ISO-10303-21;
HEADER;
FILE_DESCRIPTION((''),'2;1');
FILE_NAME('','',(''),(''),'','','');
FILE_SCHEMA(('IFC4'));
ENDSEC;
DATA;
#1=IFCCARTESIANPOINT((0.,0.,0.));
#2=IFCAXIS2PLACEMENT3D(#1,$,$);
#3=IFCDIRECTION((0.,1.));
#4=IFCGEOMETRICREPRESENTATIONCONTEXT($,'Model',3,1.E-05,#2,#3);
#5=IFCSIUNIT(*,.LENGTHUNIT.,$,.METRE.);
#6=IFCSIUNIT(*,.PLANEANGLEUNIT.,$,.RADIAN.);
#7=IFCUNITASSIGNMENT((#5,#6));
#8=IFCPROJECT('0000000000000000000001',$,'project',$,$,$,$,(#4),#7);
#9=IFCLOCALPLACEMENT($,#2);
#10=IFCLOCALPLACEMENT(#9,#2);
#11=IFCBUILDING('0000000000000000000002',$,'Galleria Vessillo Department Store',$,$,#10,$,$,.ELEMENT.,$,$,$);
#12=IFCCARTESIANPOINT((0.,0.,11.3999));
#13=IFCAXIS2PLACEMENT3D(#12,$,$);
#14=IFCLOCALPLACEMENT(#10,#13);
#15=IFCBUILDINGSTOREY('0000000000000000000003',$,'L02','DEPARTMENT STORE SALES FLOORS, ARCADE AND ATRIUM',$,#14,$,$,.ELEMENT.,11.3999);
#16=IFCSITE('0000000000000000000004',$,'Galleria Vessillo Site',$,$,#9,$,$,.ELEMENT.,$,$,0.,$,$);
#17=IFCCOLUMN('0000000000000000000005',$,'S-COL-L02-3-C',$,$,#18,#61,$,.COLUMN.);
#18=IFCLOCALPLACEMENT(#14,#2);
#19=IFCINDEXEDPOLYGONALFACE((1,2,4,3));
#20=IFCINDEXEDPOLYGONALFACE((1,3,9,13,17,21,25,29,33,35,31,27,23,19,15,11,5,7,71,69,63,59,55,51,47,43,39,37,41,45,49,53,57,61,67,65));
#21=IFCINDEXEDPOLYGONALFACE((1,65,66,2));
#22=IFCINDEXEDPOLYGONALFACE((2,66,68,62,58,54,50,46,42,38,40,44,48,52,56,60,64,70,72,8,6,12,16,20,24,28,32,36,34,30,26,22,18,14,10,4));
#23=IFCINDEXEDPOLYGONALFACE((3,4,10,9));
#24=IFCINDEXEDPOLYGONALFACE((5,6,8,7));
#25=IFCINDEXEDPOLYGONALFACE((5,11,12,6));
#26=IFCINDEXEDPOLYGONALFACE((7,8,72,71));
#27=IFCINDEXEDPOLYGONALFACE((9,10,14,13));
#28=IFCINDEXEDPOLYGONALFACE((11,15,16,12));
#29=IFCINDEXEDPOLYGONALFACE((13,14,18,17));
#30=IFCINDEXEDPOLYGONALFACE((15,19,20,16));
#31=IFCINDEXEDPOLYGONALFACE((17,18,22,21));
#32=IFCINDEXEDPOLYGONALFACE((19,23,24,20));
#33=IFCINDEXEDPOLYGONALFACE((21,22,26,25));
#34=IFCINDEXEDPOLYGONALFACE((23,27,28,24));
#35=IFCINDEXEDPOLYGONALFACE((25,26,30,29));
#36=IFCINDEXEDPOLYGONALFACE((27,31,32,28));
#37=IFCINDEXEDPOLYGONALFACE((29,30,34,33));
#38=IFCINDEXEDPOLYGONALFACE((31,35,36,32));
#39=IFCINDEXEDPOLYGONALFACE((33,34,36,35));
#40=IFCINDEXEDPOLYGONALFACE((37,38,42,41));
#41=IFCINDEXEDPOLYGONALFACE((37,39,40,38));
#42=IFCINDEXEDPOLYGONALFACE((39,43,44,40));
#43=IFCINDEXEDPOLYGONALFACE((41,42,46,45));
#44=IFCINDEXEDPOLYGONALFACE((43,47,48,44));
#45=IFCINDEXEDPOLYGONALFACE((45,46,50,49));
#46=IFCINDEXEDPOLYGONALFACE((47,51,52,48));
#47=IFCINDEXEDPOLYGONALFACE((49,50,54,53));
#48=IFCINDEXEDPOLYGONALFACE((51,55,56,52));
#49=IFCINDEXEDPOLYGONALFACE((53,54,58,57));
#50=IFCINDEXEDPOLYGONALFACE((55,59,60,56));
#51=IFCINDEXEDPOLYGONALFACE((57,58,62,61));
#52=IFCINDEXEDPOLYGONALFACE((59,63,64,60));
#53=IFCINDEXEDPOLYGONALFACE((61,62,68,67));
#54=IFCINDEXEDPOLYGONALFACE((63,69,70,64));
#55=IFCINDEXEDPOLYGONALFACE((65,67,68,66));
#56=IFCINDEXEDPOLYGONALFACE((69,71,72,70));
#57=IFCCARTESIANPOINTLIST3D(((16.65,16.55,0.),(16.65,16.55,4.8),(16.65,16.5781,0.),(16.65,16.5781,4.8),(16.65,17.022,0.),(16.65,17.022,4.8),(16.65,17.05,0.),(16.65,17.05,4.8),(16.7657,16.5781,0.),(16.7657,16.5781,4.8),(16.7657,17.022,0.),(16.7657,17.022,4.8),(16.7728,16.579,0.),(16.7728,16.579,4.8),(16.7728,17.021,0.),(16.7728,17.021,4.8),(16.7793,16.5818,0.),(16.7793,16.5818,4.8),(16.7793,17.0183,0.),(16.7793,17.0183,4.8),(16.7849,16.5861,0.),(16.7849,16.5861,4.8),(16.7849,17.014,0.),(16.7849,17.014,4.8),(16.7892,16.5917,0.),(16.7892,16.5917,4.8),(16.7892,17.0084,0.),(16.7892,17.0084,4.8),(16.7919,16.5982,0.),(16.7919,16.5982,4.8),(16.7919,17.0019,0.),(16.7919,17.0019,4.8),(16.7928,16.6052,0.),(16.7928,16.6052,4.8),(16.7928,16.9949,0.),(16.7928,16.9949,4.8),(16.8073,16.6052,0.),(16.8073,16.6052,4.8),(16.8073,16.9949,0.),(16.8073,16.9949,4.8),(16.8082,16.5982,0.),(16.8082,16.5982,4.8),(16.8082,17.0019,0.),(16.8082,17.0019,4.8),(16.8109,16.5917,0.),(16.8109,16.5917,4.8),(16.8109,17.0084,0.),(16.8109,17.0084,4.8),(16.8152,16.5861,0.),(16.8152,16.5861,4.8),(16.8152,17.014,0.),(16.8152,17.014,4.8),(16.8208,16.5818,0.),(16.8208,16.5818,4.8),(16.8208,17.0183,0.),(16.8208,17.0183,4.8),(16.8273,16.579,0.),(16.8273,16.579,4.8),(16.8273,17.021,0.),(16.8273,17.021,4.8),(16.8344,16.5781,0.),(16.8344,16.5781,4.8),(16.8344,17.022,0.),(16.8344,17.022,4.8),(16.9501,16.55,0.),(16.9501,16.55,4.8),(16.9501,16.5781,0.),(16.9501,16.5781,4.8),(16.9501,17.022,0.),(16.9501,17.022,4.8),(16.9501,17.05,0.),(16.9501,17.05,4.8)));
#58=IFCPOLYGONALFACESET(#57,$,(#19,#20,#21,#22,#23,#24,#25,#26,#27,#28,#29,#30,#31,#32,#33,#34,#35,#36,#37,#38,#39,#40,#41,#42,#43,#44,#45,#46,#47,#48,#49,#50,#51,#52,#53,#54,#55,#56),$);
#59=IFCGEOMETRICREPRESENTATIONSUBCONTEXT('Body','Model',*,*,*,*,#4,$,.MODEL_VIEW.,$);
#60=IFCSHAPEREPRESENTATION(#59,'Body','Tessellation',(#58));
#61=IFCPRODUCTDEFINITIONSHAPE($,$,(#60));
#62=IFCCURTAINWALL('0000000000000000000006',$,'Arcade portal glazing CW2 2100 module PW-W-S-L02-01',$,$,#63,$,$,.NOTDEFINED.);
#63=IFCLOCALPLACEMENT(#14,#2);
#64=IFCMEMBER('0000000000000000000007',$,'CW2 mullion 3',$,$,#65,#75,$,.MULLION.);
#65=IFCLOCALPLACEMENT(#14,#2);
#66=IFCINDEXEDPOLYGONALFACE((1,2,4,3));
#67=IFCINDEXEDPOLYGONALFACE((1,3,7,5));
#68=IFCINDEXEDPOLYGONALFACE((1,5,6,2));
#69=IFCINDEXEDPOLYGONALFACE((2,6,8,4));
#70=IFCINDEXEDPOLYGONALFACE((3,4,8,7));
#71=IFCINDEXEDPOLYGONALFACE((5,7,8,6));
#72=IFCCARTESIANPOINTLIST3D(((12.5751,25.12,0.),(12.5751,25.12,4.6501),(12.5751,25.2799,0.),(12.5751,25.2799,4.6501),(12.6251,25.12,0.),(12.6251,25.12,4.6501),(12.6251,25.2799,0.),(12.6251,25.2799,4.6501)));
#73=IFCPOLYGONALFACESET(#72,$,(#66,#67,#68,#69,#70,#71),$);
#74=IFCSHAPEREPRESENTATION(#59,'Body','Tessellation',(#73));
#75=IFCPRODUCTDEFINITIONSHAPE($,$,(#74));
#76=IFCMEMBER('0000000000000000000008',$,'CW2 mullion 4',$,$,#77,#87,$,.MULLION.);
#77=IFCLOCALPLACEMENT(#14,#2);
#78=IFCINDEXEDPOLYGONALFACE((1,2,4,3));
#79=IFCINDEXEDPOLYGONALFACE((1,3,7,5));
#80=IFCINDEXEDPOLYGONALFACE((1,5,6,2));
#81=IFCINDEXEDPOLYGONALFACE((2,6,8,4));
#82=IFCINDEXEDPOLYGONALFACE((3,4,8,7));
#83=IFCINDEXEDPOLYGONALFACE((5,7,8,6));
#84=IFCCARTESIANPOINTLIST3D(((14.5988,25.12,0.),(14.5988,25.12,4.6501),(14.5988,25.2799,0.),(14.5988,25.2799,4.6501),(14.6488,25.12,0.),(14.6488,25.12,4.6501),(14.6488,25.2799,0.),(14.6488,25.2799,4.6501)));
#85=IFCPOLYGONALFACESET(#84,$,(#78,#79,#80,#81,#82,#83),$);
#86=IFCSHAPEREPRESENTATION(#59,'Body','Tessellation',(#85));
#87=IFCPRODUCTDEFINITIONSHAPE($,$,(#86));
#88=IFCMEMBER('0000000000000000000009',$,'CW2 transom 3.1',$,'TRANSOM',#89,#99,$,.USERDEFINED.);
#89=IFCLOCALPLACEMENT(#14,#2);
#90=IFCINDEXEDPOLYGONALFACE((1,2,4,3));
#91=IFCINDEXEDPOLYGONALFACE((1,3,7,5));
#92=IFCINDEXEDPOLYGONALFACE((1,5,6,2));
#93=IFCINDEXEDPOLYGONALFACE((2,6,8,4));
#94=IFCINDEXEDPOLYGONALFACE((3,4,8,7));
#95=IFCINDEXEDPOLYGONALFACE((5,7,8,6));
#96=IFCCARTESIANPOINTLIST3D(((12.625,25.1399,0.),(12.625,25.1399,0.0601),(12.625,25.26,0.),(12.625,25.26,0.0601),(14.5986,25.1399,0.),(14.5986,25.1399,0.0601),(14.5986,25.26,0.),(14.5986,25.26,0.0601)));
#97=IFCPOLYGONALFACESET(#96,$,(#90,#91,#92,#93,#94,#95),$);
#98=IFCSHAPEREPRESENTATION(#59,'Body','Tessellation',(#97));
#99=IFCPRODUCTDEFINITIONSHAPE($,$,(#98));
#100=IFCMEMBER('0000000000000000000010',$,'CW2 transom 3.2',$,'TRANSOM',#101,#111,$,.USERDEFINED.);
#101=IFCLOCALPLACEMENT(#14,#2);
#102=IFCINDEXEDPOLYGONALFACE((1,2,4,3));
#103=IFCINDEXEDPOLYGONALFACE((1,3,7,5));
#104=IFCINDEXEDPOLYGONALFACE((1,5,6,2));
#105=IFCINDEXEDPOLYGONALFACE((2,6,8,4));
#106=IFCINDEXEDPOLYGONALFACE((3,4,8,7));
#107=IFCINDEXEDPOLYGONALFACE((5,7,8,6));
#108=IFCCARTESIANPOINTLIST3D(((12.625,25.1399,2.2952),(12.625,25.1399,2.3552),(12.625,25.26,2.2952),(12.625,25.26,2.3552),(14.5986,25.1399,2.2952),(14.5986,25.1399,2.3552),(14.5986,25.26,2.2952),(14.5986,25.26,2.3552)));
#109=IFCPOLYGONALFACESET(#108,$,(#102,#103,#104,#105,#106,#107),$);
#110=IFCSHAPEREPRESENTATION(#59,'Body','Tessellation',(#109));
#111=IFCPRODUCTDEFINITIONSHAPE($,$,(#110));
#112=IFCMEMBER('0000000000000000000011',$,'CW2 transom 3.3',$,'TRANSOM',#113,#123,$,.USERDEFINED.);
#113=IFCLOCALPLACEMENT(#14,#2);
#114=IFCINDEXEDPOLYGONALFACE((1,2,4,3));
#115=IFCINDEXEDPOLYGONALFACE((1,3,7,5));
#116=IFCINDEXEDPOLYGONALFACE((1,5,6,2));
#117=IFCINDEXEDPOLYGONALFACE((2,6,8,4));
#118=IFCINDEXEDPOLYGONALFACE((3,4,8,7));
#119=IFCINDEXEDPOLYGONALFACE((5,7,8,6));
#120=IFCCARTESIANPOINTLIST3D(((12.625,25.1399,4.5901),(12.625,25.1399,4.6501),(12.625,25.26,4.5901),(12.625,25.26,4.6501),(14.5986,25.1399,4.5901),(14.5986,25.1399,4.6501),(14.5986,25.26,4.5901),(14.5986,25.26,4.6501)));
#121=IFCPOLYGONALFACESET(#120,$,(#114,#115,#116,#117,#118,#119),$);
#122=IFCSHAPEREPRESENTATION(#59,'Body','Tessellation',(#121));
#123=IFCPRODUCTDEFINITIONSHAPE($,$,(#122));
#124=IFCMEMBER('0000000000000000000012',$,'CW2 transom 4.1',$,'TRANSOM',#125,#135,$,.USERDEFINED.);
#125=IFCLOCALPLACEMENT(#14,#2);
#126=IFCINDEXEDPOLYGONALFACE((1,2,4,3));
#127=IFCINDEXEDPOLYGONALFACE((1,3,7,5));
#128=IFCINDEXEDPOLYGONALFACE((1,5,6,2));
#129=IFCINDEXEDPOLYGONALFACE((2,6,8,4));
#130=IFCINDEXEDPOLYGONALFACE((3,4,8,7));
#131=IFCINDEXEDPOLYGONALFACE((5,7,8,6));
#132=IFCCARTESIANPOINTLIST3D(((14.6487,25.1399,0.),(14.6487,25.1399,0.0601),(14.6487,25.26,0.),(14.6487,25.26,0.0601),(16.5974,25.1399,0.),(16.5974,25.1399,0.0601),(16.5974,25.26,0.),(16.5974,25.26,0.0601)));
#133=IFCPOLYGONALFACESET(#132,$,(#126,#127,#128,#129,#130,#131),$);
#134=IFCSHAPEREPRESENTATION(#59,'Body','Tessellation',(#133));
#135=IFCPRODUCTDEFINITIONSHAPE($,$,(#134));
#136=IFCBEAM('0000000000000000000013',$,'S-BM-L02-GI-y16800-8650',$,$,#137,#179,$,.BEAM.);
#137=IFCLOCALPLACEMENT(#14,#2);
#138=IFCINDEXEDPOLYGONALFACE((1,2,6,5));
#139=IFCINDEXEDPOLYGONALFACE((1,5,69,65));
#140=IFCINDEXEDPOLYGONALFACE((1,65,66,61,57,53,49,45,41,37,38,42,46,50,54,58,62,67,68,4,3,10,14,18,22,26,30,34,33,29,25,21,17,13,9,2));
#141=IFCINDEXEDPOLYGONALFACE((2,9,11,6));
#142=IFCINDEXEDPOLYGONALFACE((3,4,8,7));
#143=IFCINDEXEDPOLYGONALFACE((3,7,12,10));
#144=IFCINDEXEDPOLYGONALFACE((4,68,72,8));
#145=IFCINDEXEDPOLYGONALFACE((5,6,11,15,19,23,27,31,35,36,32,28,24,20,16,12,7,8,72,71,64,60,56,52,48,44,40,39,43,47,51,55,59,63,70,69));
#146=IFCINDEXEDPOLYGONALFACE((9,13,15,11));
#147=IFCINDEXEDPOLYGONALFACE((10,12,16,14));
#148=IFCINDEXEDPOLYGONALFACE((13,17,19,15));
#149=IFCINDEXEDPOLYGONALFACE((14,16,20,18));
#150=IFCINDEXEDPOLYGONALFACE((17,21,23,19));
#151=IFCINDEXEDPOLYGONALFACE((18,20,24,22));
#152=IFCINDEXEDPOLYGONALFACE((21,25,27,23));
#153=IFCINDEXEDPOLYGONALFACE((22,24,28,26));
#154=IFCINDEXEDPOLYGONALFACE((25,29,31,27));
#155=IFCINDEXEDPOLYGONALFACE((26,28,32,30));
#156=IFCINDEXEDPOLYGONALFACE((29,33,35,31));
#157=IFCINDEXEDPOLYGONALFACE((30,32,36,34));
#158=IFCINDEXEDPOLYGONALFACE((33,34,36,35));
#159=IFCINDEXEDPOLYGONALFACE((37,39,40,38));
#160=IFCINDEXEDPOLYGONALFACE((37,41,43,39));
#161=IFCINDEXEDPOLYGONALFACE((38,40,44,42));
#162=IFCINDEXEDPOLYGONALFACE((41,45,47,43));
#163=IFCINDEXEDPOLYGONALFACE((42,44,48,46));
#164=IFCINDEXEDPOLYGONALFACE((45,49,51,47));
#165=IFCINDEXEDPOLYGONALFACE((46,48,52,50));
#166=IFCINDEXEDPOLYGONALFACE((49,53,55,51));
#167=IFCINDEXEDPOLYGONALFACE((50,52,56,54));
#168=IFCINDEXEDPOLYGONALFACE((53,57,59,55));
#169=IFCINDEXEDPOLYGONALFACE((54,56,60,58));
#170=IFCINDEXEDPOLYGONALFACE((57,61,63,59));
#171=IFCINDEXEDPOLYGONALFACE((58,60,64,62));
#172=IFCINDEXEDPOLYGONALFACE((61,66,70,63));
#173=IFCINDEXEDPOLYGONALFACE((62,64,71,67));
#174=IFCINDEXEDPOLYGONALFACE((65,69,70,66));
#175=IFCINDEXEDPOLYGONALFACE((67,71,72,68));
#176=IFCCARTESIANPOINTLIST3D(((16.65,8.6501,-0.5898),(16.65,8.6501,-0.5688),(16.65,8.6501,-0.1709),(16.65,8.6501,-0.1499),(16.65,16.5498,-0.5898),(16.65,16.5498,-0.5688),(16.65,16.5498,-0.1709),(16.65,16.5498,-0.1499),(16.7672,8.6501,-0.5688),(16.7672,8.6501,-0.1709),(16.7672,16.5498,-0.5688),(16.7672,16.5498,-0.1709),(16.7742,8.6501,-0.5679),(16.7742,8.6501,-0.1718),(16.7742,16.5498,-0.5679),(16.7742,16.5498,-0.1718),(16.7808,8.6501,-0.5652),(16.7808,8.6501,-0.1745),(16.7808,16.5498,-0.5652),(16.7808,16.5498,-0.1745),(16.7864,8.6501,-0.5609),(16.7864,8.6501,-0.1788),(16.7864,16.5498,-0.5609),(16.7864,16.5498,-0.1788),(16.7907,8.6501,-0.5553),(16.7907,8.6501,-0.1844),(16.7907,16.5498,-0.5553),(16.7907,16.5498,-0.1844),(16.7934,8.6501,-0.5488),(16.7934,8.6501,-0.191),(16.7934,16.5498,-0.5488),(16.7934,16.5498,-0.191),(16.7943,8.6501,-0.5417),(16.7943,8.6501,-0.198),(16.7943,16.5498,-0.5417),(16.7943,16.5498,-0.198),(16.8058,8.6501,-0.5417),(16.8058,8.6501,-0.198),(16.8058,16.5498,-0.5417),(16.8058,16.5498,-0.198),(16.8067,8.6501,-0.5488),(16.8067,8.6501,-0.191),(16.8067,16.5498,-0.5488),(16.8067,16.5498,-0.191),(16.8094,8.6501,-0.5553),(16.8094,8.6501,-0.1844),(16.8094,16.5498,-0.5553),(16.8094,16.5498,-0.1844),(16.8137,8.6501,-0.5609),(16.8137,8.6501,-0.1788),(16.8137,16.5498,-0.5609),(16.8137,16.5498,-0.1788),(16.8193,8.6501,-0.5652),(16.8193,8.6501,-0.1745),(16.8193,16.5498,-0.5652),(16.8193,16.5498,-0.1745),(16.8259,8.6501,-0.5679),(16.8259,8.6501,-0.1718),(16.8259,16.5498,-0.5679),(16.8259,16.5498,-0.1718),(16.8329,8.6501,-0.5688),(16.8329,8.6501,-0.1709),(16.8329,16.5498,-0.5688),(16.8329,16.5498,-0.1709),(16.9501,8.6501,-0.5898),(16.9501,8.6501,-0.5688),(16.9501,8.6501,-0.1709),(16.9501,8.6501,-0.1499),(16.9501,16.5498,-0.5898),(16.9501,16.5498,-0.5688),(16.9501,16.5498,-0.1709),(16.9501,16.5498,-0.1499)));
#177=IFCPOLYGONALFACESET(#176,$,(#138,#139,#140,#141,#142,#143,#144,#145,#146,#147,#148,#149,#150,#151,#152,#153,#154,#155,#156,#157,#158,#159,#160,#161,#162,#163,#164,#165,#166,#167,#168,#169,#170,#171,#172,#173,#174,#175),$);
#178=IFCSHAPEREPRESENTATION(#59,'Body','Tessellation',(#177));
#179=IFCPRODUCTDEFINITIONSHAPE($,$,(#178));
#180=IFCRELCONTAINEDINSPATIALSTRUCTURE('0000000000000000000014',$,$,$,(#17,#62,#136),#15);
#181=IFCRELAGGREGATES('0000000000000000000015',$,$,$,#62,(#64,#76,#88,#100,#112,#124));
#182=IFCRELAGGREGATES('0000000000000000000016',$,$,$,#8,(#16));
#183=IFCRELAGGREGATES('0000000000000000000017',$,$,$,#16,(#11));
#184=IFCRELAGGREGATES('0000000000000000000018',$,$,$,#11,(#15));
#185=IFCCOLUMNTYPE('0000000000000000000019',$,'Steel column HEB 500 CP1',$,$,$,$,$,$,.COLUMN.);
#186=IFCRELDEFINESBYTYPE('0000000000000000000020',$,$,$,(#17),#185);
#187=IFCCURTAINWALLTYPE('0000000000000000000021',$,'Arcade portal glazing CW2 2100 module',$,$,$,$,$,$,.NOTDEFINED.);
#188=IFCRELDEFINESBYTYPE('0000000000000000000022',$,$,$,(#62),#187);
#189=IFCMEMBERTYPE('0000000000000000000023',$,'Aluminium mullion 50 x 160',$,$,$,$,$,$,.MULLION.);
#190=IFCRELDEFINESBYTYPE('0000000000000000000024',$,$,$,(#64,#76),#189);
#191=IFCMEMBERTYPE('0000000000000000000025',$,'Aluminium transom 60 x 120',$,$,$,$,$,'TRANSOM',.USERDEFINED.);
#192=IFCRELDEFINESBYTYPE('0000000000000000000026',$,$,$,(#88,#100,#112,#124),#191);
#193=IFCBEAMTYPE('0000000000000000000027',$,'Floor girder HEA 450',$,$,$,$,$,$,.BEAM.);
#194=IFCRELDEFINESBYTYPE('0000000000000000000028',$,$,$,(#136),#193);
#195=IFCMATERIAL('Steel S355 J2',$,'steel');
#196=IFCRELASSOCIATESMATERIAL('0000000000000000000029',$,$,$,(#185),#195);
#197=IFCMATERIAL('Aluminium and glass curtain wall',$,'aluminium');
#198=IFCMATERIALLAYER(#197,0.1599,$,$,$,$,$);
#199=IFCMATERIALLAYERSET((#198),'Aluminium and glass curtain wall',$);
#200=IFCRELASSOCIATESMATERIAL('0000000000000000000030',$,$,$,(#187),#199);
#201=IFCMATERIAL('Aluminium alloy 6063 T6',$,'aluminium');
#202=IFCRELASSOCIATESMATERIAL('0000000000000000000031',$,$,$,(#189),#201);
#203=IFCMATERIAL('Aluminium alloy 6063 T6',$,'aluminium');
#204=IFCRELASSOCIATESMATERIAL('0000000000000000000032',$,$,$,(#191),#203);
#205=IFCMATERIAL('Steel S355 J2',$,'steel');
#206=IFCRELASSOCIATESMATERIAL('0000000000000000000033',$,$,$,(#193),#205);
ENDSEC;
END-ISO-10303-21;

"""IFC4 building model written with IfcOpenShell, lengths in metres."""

from ifc_helpers import new_model, si_unit, direction, frame, origin, origin_2d, place, context, subcontext, project, spatial, rectangle, i_section, extrude, material, layer, layer_set, material_profile, profile_set, type_object, element, aggregate, save


model = new_model("IFC4")

# Units and contexts
model_context = context("Model", 3, precision=1e-05, world=origin(), true_north=direction((0.0, 1.0)))
body_context = subcontext(model_context, "Body", "Model", "MODEL_VIEW")
ifc_project = project(units=[si_unit("LENGTHUNIT", "METRE"), si_unit("PLANEANGLEUNIT", "RADIAN")], contexts=[model_context])

# Site, building, storey
site_placement = place(None, origin())
site = spatial("IfcSite", under=ifc_project, at=site_placement, Name="Galleria Vessillo Site", CompositionType="ELEMENT", RefElevation=0.0)
building_placement = place(site_placement, origin())
building = spatial("IfcBuilding", under=site, at=building_placement, Name="Galleria Vessillo Department Store", CompositionType="ELEMENT")
storey_placement = place(building_placement, frame((0.0, 0.0, 11.3999)))
storey = spatial("IfcBuildingStorey", under=building, at=storey_placement, Name="L02", Description="DEPARTMENT STORE SALES FLOORS, ARCADE AND ATRIUM", CompositionType="ELEMENT", Elevation=11.3999)

# Column
ifc_material_1 = material(Name="Steel S355 J2", Category="steel")
ifc_material_profile_1 = material_profile(ifc_material_1, i_section(OverallWidth=0.3, OverallDepth=0.5, WebThickness=0.0144, FlangeThickness=0.0281, FilletRadius=0.0271, at=origin_2d()), Name="HEB 500")
ifc_profile_set_1 = profile_set([ifc_material_profile_1], Name="Steel S355 J2")
column_type = type_object("IfcColumnType", Name="Steel column HEB 500 CP1", PredefinedType="COLUMN", material=ifc_profile_set_1)
column_placement = place(storey_placement, frame((16.8, 16.8, 0.0), z_axis=(0.0, 0.0, 1.0), x_axis=(1.0, 0.0, 0.0)))
element("IfcColumn", 1, at=column_placement, inside=storey, type_object=column_type, Name="S-COL-L02-3-C", PredefinedType="COLUMN", context=body_context, shape_type="SweptSolid", body=[
    extrude(i_section(OverallWidth=0.3, OverallDepth=0.5, WebThickness=0.0144, FlangeThickness=0.0281, FilletRadius=0.0271, at=origin_2d()), origin(), (0.0, 0.0, 1.0), 4.8),
])

# Curtain wall, members
ifc_material_2 = material(Name="Aluminium and glass curtain wall", Category="aluminium")
ifc_layer_1 = layer(ifc_material_2, 0.1599)
ifc_layer_set_1 = layer_set([ifc_layer_1], Name="Aluminium and glass curtain wall")
curtain_wall_type = type_object("IfcCurtainWallType", Name="Arcade portal glazing CW2 2100 module", PredefinedType="NOTDEFINED", material=ifc_layer_set_1)
curtain_wall_placement = place(storey_placement, origin())
curtain_wall = element("IfcCurtainWall", 2, at=curtain_wall_placement, inside=storey, type_object=curtain_wall_type, Name="Arcade portal glazing CW2 2100 module PW-W-S-L02-01", PredefinedType="NOTDEFINED")
ifc_material_3 = material(Name="Aluminium alloy 6063 T6", Category="aluminium")
ifc_material_profile_2 = material_profile(ifc_material_3, rectangle(XDim=0.1599, YDim=0.05, at=origin_2d()), Name="AL 50x160")
ifc_profile_set_2 = profile_set([ifc_material_profile_2], Name="Aluminium alloy 6063 T6")
member_type_1 = type_object("IfcMemberType", Name="Aluminium mullion 50 x 160", PredefinedType="MULLION", material=ifc_profile_set_2)
member_1_placement = place(storey_placement, frame((12.6001, 25.2, 0.0), z_axis=(0.0, 0.0, 1.0), x_axis=(0.0, 1.0, 0.0)))
member_1 = element("IfcMember", 3, at=member_1_placement, type_object=member_type_1, Name="CW2 mullion 3", PredefinedType="MULLION", context=body_context, shape_type="SweptSolid", body=[
    extrude(rectangle(XDim=0.1599, YDim=0.05, at=origin_2d()), origin(), (0.0, 0.0, 1.0), 4.6501),
])
member_2_placement = place(storey_placement, frame((14.6238, 25.2, 0.0), z_axis=(0.0, 0.0, 1.0), x_axis=(0.0, 1.0, 0.0)))
member_2 = element("IfcMember", 4, at=member_2_placement, type_object=member_type_1, Name="CW2 mullion 4", PredefinedType="MULLION", context=body_context, shape_type="SweptSolid", body=[
    extrude(rectangle(XDim=0.1599, YDim=0.05, at=origin_2d()), origin(), (0.0, 0.0, 1.0), 4.6501),
])
ifc_material_4 = material(Name="Aluminium alloy 6063 T6", Category="aluminium")
ifc_material_profile_3 = material_profile(ifc_material_4, rectangle(XDim=0.1201, YDim=0.0601, at=origin_2d()), Name="AL 60x120")
ifc_profile_set_3 = profile_set([ifc_material_profile_3], Name="Aluminium alloy 6063 T6")
member_type_2 = type_object("IfcMemberType", Name="Aluminium transom 60 x 120", ElementType="TRANSOM", PredefinedType="USERDEFINED", material=ifc_profile_set_3)
member_3_placement = place(storey_placement, frame((12.625, 25.2, 0.03), z_axis=(1.0, 0.0, 0.0), x_axis=(0.0, 1.0, 0.0)))
member_3 = element("IfcMember", 5, at=member_3_placement, type_object=member_type_2, Name="CW2 transom 3.1", ObjectType="TRANSOM", PredefinedType="USERDEFINED", context=body_context, shape_type="SweptSolid", body=[
    extrude(rectangle(XDim=0.1201, YDim=0.0601, at=origin_2d()), origin(), (0.0, 0.0, 1.0), 1.9736),
])
member_4_placement = place(storey_placement, frame((12.625, 25.2, 2.3252), z_axis=(1.0, 0.0, 0.0), x_axis=(0.0, 1.0, 0.0)))
member_4 = element("IfcMember", 6, at=member_4_placement, type_object=member_type_2, Name="CW2 transom 3.2", ObjectType="TRANSOM", PredefinedType="USERDEFINED", context=body_context, shape_type="SweptSolid", body=[
    extrude(rectangle(XDim=0.1201, YDim=0.0601, at=origin_2d()), origin(), (0.0, 0.0, 1.0), 1.9736),
])
member_5_placement = place(storey_placement, frame((12.625, 25.2, 4.6201), z_axis=(1.0, 0.0, 0.0), x_axis=(0.0, 1.0, 0.0)))
member_5 = element("IfcMember", 7, at=member_5_placement, type_object=member_type_2, Name="CW2 transom 3.3", ObjectType="TRANSOM", PredefinedType="USERDEFINED", context=body_context, shape_type="SweptSolid", body=[
    extrude(rectangle(XDim=0.1201, YDim=0.0601, at=origin_2d()), origin(), (0.0, 0.0, 1.0), 1.9736),
])
member_6_placement = place(storey_placement, frame((14.6487, 25.2, 0.03), z_axis=(1.0, 0.0, 0.0), x_axis=(0.0, 1.0, 0.0)))
member_6 = element("IfcMember", 8, at=member_6_placement, type_object=member_type_2, Name="CW2 transom 4.1", ObjectType="TRANSOM", PredefinedType="USERDEFINED", context=body_context, shape_type="SweptSolid", body=[
    extrude(rectangle(XDim=0.1201, YDim=0.0601, at=origin_2d()), origin(), (0.0, 0.0, 1.0), 1.9487),
])

# Beam
ifc_material_5 = material(Name="Steel S355 J2", Category="steel")
ifc_material_profile_4 = material_profile(ifc_material_5, i_section(OverallWidth=0.3, OverallDepth=0.4399, WebThickness=0.0115, FlangeThickness=0.021, FilletRadius=0.0271, at=origin_2d()), Name="HEA 450")
ifc_profile_set_4 = profile_set([ifc_material_profile_4], Name="Steel S355 J2")
beam_type_1 = type_object("IfcBeamType", Name="Floor girder HEA 450", PredefinedType="BEAM", material=ifc_profile_set_4)
beam_1_placement = place(storey_placement, frame((16.8, 8.6501, -0.3699), z_axis=(0.0, 1.0, 0.0), x_axis=(-1.0, 0.0, 0.0)))
element("IfcBeam", 9, at=beam_1_placement, inside=storey, type_object=beam_type_1, Name="S-BM-L02-GI-y16800-8650", PredefinedType="BEAM", context=body_context, shape_type="SweptSolid", body=[
    extrude(i_section(OverallWidth=0.3, OverallDepth=0.4399, WebThickness=0.0115, FlangeThickness=0.021, FilletRadius=0.0271, at=origin_2d()), origin(), (0.0, 0.0, 1.0), 7.8997),
])

aggregate(curtain_wall, [member_1, member_2, member_3, member_4, member_5, member_6])

save(model, "model.ifc")
